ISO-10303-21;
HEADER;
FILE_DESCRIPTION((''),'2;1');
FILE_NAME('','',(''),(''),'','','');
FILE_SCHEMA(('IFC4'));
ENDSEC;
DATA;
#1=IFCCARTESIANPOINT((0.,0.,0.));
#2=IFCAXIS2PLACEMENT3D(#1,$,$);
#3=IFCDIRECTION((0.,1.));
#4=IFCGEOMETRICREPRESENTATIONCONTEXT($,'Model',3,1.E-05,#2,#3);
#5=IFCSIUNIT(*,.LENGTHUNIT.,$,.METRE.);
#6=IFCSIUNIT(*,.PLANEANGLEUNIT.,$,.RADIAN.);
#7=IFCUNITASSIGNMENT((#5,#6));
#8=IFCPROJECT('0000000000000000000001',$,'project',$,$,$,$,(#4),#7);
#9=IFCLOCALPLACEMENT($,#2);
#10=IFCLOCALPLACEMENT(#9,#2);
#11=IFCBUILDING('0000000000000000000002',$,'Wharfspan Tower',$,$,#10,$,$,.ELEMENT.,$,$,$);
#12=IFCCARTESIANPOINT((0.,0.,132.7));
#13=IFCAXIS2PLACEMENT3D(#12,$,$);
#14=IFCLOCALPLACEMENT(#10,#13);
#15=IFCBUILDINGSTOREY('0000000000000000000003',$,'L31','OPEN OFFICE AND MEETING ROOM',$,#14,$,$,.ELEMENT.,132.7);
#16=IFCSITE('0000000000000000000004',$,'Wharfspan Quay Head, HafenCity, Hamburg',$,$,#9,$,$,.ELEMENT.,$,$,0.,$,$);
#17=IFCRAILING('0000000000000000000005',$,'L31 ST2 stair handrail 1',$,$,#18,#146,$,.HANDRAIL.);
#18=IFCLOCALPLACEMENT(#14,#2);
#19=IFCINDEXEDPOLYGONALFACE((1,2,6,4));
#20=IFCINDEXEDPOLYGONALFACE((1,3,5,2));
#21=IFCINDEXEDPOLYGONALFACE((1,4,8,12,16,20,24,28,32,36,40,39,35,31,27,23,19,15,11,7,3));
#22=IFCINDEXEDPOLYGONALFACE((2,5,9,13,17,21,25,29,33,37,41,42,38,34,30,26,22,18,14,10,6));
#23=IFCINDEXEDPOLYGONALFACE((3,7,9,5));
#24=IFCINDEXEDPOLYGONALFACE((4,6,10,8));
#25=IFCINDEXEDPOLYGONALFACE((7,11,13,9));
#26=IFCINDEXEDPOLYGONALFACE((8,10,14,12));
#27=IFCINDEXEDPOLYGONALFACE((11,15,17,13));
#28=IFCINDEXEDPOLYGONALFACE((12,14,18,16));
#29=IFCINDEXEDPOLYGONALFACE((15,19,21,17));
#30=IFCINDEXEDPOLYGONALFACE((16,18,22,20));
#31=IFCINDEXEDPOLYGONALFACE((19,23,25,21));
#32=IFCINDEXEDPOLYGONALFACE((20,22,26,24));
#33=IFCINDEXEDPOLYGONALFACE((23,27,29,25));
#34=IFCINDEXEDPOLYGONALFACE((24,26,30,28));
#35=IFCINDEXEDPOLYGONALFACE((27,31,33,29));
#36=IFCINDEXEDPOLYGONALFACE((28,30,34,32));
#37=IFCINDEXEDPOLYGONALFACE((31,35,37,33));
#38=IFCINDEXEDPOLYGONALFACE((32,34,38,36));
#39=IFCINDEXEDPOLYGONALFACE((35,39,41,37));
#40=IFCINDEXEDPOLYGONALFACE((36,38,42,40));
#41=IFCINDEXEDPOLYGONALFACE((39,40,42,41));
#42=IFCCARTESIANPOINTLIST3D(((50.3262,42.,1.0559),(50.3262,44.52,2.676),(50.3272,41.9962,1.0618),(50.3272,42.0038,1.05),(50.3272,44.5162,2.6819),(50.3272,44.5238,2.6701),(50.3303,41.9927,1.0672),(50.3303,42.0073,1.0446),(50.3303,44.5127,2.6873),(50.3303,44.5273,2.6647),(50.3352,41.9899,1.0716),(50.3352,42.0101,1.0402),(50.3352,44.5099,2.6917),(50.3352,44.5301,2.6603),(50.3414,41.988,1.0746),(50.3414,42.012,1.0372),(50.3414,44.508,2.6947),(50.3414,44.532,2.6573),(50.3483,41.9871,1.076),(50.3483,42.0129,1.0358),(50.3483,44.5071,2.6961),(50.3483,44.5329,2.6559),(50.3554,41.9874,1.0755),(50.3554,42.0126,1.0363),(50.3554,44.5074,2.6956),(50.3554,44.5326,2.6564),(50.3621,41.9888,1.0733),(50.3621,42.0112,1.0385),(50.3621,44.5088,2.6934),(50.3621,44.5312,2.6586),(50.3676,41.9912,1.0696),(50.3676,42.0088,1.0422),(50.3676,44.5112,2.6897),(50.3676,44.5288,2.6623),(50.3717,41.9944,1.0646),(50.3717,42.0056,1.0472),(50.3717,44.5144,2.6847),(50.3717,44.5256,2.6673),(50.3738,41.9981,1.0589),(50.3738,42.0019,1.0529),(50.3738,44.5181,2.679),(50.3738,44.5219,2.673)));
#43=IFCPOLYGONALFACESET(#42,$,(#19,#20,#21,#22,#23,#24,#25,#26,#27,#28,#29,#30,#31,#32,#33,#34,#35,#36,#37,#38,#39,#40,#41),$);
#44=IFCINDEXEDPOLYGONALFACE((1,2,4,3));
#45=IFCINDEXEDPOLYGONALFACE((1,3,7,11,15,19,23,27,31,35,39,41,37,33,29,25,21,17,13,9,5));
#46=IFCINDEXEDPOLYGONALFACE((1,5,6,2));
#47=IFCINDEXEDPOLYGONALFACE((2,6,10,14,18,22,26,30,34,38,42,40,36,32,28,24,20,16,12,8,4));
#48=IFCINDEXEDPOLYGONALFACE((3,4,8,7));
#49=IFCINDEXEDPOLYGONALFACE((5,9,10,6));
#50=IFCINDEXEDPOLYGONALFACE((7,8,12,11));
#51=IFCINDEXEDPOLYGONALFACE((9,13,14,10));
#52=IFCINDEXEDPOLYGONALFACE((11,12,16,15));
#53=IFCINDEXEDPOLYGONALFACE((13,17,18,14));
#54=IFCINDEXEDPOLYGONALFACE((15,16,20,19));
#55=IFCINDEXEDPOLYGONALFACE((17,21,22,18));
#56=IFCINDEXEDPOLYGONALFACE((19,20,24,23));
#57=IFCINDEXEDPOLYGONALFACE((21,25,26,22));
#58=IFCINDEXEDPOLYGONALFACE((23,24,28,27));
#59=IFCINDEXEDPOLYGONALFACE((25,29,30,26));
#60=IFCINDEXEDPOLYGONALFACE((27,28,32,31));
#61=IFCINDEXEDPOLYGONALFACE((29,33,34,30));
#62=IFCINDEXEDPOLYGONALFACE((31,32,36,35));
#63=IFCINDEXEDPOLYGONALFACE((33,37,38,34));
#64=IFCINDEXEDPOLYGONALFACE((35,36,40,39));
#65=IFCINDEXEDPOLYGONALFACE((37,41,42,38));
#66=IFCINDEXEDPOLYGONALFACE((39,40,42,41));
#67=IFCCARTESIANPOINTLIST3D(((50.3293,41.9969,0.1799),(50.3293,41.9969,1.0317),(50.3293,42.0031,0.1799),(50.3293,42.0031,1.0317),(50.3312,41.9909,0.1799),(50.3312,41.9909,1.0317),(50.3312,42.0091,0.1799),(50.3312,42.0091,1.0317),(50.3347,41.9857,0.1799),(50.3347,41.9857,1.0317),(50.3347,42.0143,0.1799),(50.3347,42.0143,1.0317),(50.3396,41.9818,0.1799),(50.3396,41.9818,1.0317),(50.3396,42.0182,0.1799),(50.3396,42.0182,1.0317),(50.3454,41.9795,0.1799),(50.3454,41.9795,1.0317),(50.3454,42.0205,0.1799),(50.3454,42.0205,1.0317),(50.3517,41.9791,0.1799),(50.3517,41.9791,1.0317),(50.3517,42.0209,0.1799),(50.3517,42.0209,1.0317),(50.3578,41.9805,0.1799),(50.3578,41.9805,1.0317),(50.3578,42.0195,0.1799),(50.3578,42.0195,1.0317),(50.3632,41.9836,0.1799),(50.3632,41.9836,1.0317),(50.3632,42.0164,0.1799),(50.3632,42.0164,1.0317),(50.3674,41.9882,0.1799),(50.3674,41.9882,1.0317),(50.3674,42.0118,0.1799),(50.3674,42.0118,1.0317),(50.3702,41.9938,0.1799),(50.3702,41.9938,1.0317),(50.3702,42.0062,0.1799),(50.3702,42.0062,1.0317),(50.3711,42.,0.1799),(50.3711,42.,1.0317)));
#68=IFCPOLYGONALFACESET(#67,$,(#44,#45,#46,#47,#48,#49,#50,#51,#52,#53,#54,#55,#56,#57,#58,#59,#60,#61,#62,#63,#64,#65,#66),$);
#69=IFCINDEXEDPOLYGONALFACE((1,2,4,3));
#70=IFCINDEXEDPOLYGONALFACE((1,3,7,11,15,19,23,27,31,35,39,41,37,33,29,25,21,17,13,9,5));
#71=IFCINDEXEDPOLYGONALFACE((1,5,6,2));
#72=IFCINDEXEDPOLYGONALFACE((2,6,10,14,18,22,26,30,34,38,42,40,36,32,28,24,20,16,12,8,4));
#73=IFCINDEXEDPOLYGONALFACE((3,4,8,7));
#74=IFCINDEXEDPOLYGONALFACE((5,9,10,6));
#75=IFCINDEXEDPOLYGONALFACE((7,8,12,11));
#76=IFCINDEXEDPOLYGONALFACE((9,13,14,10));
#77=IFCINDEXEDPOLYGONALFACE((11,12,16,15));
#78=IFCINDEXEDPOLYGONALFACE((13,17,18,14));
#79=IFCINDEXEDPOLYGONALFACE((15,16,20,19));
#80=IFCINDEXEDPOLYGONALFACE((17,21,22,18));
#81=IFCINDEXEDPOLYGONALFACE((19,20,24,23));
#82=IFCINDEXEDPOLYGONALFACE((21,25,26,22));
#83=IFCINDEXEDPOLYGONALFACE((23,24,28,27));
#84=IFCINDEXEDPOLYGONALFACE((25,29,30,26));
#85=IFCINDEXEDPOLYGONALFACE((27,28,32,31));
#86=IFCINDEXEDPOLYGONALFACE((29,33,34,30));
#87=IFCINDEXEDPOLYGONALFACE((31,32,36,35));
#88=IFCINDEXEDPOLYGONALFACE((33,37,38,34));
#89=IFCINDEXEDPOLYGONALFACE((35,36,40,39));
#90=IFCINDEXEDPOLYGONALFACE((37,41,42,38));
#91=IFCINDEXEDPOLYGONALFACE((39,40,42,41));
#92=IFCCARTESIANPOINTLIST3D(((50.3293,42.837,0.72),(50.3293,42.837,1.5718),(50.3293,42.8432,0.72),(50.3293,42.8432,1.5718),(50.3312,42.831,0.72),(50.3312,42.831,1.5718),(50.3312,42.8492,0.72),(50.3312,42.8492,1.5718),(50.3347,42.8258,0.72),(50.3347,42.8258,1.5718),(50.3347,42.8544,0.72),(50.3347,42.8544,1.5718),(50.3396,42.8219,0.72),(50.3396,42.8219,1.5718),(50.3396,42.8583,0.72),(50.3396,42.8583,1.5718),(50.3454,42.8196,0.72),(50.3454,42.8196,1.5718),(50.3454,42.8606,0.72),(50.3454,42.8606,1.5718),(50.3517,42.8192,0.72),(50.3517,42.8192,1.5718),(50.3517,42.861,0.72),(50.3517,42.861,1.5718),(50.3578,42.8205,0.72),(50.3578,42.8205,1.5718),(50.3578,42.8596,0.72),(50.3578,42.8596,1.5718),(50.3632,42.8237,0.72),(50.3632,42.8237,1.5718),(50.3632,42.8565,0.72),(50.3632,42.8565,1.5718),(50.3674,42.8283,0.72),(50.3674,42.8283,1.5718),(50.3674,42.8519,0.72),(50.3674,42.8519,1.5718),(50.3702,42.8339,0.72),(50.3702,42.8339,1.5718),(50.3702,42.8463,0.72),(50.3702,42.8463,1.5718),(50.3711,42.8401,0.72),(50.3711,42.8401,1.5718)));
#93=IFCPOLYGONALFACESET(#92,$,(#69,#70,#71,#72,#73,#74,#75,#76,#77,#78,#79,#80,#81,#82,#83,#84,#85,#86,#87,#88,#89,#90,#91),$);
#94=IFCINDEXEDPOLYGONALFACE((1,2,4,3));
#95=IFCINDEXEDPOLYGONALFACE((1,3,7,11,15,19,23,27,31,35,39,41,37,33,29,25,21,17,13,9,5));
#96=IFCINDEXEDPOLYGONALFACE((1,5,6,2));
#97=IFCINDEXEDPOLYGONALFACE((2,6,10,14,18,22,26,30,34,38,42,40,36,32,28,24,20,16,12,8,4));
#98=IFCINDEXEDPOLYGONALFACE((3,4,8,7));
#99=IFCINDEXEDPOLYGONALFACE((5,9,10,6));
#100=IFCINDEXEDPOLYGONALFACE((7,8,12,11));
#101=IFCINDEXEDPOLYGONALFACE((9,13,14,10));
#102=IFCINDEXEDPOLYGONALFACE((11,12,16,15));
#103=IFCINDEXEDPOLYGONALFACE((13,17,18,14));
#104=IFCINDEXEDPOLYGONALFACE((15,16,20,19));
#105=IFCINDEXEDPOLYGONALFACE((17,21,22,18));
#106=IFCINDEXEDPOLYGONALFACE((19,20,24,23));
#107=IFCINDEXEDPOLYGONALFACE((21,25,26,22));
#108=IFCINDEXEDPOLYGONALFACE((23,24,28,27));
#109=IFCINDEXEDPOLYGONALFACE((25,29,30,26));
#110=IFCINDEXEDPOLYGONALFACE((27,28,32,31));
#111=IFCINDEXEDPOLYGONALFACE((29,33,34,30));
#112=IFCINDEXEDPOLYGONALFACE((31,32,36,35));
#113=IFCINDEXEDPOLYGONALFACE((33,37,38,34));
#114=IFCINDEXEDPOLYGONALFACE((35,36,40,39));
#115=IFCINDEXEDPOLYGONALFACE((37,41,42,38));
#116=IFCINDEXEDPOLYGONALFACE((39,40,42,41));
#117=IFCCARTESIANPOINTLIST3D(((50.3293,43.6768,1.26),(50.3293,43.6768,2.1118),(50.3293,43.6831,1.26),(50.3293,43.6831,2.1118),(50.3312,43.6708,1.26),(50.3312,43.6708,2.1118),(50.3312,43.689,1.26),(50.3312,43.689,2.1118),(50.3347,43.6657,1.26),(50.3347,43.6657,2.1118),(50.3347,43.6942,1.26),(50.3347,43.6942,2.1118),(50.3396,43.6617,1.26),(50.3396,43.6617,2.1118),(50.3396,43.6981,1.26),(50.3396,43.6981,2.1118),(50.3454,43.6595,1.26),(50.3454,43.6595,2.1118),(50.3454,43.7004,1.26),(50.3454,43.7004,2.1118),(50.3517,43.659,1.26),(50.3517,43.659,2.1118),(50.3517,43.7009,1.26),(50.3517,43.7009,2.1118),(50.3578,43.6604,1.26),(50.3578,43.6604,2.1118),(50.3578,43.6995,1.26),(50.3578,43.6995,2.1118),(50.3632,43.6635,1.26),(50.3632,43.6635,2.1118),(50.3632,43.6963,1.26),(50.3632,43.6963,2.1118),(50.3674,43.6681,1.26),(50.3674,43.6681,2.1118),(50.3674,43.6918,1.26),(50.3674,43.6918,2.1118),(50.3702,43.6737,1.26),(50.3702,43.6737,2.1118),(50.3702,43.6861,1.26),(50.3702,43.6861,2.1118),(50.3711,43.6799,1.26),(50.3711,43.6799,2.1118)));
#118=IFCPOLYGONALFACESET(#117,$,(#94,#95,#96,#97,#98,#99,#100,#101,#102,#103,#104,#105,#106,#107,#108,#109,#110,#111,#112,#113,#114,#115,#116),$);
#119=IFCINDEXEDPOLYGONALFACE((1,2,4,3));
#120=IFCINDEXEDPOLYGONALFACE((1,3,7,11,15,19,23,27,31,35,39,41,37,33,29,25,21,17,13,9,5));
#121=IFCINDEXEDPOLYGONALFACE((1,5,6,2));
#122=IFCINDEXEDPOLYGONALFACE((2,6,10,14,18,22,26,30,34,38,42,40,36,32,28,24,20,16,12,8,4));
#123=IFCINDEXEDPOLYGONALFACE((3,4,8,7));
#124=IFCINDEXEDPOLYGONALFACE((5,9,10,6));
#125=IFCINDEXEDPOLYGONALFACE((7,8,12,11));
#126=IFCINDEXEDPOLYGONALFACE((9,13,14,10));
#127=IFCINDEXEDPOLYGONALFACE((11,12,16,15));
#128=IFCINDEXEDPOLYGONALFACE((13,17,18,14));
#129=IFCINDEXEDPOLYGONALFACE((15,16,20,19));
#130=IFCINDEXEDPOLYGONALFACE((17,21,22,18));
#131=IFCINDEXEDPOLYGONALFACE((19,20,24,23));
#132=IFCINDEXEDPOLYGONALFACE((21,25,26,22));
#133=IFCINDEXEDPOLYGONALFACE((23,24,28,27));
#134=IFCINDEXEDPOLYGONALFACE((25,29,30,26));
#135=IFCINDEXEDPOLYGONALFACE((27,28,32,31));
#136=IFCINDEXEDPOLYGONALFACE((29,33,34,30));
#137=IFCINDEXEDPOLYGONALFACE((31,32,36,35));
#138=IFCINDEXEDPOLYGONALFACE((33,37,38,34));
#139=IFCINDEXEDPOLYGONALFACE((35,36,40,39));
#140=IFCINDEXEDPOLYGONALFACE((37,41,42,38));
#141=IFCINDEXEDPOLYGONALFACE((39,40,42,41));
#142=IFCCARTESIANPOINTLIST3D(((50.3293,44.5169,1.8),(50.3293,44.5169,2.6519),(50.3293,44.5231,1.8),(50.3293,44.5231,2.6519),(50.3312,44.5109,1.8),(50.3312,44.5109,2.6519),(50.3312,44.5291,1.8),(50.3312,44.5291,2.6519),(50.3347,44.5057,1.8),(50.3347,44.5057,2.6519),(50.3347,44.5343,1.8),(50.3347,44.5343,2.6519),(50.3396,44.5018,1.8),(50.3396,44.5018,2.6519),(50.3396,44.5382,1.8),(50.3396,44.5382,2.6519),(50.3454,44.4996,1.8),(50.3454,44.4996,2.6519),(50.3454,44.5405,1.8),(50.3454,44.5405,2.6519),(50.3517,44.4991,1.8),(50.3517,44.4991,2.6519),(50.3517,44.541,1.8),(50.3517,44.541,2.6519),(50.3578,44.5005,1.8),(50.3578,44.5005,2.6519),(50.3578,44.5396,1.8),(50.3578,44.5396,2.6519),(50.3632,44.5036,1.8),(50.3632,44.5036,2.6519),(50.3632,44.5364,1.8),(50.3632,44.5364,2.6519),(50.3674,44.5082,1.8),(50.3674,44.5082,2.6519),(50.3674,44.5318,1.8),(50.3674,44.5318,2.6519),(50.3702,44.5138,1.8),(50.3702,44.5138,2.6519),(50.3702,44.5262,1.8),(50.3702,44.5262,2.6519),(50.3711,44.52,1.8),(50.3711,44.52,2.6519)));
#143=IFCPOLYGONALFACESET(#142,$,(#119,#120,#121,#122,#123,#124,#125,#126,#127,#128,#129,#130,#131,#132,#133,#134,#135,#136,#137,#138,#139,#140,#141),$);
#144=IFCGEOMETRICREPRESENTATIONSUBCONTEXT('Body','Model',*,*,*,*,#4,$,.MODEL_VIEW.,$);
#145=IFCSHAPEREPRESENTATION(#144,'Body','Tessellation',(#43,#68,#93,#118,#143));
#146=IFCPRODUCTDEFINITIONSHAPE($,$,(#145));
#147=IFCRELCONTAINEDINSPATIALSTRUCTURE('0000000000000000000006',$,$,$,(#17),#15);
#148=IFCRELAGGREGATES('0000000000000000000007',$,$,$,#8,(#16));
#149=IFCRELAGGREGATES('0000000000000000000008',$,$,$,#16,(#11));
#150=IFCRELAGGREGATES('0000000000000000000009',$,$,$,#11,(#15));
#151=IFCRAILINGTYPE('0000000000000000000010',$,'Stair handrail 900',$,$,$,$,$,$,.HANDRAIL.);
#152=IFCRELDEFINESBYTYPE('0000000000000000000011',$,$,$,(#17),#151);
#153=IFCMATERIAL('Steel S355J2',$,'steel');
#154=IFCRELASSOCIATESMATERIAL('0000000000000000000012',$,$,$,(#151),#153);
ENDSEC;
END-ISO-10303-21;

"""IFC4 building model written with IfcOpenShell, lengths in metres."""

from ifc_helpers import new_model, si_unit, direction, frame, origin, origin_2d, place, context, subcontext, project, spatial, circle, extrude, material, type_object, element, save


model = new_model("IFC4")

# Units and contexts
model_context = context("Model", 3, precision=1e-05, world=origin(), true_north=direction((0.0, 1.0)))
body_context = subcontext(model_context, "Body", "Model", "MODEL_VIEW")
ifc_project = project(units=[si_unit("LENGTHUNIT", "METRE"), si_unit("PLANEANGLEUNIT", "RADIAN")], contexts=[model_context])

# Site, building, storey
site_placement = place(None, origin())
site = spatial("IfcSite", under=ifc_project, at=site_placement, Name="Wharfspan Quay Head, HafenCity, Hamburg", CompositionType="ELEMENT", RefElevation=0.0)
building_placement = place(site_placement, origin())
building = spatial("IfcBuilding", under=site, at=building_placement, Name="Wharfspan Tower", CompositionType="ELEMENT")
storey_placement = place(building_placement, frame((0.0, 0.0, 132.7)))
storey = spatial("IfcBuildingStorey", under=building, at=storey_placement, Name="L31", Description="OPEN OFFICE AND MEETING ROOM", CompositionType="ELEMENT", Elevation=132.7)

# Shared definitions
ifc_material_1 = material(Name="Steel S355J2", Category="steel")

# Railing
railing_type_1 = type_object("IfcRailingType", Name="Stair handrail 900", PredefinedType="HANDRAIL", material=ifc_material_1)
railing_1_placement = place(storey_placement, frame((50.3501, 42.0, 0.1799)))
element("IfcRailing", 1, at=railing_1_placement, inside=storey, type_object=railing_type_1, Name="L31 ST2 stair handrail 1", PredefinedType="HANDRAIL", context=body_context, shape_type="SweptSolid", body=[
    extrude(circle(Radius=0.0239, at=origin_2d()), frame((0.0, 0.0, 0.876), z_axis=(0.0, 0.841163, 0.540782), x_axis=(-1.0, 0.0, 0.0)), (0.0, 0.0, 1.0), 2.9958),
    extrude(circle(Radius=0.021, at=origin_2d()), origin(), (0.0, 0.0, 1.0), 0.8518),
    extrude(circle(Radius=0.021, at=origin_2d()), frame((0.0, 0.8401, 0.54)), (0.0, 0.0, 1.0), 0.8518),
    extrude(circle(Radius=0.021, at=origin_2d()), frame((0.0, 1.6799, 1.0801)), (0.0, 0.0, 1.0), 0.8518),
    extrude(circle(Radius=0.021, at=origin_2d()), frame((0.0, 2.52, 1.6201)), (0.0, 0.0, 1.0), 0.8518),
])

save(model, "model.ifc")
